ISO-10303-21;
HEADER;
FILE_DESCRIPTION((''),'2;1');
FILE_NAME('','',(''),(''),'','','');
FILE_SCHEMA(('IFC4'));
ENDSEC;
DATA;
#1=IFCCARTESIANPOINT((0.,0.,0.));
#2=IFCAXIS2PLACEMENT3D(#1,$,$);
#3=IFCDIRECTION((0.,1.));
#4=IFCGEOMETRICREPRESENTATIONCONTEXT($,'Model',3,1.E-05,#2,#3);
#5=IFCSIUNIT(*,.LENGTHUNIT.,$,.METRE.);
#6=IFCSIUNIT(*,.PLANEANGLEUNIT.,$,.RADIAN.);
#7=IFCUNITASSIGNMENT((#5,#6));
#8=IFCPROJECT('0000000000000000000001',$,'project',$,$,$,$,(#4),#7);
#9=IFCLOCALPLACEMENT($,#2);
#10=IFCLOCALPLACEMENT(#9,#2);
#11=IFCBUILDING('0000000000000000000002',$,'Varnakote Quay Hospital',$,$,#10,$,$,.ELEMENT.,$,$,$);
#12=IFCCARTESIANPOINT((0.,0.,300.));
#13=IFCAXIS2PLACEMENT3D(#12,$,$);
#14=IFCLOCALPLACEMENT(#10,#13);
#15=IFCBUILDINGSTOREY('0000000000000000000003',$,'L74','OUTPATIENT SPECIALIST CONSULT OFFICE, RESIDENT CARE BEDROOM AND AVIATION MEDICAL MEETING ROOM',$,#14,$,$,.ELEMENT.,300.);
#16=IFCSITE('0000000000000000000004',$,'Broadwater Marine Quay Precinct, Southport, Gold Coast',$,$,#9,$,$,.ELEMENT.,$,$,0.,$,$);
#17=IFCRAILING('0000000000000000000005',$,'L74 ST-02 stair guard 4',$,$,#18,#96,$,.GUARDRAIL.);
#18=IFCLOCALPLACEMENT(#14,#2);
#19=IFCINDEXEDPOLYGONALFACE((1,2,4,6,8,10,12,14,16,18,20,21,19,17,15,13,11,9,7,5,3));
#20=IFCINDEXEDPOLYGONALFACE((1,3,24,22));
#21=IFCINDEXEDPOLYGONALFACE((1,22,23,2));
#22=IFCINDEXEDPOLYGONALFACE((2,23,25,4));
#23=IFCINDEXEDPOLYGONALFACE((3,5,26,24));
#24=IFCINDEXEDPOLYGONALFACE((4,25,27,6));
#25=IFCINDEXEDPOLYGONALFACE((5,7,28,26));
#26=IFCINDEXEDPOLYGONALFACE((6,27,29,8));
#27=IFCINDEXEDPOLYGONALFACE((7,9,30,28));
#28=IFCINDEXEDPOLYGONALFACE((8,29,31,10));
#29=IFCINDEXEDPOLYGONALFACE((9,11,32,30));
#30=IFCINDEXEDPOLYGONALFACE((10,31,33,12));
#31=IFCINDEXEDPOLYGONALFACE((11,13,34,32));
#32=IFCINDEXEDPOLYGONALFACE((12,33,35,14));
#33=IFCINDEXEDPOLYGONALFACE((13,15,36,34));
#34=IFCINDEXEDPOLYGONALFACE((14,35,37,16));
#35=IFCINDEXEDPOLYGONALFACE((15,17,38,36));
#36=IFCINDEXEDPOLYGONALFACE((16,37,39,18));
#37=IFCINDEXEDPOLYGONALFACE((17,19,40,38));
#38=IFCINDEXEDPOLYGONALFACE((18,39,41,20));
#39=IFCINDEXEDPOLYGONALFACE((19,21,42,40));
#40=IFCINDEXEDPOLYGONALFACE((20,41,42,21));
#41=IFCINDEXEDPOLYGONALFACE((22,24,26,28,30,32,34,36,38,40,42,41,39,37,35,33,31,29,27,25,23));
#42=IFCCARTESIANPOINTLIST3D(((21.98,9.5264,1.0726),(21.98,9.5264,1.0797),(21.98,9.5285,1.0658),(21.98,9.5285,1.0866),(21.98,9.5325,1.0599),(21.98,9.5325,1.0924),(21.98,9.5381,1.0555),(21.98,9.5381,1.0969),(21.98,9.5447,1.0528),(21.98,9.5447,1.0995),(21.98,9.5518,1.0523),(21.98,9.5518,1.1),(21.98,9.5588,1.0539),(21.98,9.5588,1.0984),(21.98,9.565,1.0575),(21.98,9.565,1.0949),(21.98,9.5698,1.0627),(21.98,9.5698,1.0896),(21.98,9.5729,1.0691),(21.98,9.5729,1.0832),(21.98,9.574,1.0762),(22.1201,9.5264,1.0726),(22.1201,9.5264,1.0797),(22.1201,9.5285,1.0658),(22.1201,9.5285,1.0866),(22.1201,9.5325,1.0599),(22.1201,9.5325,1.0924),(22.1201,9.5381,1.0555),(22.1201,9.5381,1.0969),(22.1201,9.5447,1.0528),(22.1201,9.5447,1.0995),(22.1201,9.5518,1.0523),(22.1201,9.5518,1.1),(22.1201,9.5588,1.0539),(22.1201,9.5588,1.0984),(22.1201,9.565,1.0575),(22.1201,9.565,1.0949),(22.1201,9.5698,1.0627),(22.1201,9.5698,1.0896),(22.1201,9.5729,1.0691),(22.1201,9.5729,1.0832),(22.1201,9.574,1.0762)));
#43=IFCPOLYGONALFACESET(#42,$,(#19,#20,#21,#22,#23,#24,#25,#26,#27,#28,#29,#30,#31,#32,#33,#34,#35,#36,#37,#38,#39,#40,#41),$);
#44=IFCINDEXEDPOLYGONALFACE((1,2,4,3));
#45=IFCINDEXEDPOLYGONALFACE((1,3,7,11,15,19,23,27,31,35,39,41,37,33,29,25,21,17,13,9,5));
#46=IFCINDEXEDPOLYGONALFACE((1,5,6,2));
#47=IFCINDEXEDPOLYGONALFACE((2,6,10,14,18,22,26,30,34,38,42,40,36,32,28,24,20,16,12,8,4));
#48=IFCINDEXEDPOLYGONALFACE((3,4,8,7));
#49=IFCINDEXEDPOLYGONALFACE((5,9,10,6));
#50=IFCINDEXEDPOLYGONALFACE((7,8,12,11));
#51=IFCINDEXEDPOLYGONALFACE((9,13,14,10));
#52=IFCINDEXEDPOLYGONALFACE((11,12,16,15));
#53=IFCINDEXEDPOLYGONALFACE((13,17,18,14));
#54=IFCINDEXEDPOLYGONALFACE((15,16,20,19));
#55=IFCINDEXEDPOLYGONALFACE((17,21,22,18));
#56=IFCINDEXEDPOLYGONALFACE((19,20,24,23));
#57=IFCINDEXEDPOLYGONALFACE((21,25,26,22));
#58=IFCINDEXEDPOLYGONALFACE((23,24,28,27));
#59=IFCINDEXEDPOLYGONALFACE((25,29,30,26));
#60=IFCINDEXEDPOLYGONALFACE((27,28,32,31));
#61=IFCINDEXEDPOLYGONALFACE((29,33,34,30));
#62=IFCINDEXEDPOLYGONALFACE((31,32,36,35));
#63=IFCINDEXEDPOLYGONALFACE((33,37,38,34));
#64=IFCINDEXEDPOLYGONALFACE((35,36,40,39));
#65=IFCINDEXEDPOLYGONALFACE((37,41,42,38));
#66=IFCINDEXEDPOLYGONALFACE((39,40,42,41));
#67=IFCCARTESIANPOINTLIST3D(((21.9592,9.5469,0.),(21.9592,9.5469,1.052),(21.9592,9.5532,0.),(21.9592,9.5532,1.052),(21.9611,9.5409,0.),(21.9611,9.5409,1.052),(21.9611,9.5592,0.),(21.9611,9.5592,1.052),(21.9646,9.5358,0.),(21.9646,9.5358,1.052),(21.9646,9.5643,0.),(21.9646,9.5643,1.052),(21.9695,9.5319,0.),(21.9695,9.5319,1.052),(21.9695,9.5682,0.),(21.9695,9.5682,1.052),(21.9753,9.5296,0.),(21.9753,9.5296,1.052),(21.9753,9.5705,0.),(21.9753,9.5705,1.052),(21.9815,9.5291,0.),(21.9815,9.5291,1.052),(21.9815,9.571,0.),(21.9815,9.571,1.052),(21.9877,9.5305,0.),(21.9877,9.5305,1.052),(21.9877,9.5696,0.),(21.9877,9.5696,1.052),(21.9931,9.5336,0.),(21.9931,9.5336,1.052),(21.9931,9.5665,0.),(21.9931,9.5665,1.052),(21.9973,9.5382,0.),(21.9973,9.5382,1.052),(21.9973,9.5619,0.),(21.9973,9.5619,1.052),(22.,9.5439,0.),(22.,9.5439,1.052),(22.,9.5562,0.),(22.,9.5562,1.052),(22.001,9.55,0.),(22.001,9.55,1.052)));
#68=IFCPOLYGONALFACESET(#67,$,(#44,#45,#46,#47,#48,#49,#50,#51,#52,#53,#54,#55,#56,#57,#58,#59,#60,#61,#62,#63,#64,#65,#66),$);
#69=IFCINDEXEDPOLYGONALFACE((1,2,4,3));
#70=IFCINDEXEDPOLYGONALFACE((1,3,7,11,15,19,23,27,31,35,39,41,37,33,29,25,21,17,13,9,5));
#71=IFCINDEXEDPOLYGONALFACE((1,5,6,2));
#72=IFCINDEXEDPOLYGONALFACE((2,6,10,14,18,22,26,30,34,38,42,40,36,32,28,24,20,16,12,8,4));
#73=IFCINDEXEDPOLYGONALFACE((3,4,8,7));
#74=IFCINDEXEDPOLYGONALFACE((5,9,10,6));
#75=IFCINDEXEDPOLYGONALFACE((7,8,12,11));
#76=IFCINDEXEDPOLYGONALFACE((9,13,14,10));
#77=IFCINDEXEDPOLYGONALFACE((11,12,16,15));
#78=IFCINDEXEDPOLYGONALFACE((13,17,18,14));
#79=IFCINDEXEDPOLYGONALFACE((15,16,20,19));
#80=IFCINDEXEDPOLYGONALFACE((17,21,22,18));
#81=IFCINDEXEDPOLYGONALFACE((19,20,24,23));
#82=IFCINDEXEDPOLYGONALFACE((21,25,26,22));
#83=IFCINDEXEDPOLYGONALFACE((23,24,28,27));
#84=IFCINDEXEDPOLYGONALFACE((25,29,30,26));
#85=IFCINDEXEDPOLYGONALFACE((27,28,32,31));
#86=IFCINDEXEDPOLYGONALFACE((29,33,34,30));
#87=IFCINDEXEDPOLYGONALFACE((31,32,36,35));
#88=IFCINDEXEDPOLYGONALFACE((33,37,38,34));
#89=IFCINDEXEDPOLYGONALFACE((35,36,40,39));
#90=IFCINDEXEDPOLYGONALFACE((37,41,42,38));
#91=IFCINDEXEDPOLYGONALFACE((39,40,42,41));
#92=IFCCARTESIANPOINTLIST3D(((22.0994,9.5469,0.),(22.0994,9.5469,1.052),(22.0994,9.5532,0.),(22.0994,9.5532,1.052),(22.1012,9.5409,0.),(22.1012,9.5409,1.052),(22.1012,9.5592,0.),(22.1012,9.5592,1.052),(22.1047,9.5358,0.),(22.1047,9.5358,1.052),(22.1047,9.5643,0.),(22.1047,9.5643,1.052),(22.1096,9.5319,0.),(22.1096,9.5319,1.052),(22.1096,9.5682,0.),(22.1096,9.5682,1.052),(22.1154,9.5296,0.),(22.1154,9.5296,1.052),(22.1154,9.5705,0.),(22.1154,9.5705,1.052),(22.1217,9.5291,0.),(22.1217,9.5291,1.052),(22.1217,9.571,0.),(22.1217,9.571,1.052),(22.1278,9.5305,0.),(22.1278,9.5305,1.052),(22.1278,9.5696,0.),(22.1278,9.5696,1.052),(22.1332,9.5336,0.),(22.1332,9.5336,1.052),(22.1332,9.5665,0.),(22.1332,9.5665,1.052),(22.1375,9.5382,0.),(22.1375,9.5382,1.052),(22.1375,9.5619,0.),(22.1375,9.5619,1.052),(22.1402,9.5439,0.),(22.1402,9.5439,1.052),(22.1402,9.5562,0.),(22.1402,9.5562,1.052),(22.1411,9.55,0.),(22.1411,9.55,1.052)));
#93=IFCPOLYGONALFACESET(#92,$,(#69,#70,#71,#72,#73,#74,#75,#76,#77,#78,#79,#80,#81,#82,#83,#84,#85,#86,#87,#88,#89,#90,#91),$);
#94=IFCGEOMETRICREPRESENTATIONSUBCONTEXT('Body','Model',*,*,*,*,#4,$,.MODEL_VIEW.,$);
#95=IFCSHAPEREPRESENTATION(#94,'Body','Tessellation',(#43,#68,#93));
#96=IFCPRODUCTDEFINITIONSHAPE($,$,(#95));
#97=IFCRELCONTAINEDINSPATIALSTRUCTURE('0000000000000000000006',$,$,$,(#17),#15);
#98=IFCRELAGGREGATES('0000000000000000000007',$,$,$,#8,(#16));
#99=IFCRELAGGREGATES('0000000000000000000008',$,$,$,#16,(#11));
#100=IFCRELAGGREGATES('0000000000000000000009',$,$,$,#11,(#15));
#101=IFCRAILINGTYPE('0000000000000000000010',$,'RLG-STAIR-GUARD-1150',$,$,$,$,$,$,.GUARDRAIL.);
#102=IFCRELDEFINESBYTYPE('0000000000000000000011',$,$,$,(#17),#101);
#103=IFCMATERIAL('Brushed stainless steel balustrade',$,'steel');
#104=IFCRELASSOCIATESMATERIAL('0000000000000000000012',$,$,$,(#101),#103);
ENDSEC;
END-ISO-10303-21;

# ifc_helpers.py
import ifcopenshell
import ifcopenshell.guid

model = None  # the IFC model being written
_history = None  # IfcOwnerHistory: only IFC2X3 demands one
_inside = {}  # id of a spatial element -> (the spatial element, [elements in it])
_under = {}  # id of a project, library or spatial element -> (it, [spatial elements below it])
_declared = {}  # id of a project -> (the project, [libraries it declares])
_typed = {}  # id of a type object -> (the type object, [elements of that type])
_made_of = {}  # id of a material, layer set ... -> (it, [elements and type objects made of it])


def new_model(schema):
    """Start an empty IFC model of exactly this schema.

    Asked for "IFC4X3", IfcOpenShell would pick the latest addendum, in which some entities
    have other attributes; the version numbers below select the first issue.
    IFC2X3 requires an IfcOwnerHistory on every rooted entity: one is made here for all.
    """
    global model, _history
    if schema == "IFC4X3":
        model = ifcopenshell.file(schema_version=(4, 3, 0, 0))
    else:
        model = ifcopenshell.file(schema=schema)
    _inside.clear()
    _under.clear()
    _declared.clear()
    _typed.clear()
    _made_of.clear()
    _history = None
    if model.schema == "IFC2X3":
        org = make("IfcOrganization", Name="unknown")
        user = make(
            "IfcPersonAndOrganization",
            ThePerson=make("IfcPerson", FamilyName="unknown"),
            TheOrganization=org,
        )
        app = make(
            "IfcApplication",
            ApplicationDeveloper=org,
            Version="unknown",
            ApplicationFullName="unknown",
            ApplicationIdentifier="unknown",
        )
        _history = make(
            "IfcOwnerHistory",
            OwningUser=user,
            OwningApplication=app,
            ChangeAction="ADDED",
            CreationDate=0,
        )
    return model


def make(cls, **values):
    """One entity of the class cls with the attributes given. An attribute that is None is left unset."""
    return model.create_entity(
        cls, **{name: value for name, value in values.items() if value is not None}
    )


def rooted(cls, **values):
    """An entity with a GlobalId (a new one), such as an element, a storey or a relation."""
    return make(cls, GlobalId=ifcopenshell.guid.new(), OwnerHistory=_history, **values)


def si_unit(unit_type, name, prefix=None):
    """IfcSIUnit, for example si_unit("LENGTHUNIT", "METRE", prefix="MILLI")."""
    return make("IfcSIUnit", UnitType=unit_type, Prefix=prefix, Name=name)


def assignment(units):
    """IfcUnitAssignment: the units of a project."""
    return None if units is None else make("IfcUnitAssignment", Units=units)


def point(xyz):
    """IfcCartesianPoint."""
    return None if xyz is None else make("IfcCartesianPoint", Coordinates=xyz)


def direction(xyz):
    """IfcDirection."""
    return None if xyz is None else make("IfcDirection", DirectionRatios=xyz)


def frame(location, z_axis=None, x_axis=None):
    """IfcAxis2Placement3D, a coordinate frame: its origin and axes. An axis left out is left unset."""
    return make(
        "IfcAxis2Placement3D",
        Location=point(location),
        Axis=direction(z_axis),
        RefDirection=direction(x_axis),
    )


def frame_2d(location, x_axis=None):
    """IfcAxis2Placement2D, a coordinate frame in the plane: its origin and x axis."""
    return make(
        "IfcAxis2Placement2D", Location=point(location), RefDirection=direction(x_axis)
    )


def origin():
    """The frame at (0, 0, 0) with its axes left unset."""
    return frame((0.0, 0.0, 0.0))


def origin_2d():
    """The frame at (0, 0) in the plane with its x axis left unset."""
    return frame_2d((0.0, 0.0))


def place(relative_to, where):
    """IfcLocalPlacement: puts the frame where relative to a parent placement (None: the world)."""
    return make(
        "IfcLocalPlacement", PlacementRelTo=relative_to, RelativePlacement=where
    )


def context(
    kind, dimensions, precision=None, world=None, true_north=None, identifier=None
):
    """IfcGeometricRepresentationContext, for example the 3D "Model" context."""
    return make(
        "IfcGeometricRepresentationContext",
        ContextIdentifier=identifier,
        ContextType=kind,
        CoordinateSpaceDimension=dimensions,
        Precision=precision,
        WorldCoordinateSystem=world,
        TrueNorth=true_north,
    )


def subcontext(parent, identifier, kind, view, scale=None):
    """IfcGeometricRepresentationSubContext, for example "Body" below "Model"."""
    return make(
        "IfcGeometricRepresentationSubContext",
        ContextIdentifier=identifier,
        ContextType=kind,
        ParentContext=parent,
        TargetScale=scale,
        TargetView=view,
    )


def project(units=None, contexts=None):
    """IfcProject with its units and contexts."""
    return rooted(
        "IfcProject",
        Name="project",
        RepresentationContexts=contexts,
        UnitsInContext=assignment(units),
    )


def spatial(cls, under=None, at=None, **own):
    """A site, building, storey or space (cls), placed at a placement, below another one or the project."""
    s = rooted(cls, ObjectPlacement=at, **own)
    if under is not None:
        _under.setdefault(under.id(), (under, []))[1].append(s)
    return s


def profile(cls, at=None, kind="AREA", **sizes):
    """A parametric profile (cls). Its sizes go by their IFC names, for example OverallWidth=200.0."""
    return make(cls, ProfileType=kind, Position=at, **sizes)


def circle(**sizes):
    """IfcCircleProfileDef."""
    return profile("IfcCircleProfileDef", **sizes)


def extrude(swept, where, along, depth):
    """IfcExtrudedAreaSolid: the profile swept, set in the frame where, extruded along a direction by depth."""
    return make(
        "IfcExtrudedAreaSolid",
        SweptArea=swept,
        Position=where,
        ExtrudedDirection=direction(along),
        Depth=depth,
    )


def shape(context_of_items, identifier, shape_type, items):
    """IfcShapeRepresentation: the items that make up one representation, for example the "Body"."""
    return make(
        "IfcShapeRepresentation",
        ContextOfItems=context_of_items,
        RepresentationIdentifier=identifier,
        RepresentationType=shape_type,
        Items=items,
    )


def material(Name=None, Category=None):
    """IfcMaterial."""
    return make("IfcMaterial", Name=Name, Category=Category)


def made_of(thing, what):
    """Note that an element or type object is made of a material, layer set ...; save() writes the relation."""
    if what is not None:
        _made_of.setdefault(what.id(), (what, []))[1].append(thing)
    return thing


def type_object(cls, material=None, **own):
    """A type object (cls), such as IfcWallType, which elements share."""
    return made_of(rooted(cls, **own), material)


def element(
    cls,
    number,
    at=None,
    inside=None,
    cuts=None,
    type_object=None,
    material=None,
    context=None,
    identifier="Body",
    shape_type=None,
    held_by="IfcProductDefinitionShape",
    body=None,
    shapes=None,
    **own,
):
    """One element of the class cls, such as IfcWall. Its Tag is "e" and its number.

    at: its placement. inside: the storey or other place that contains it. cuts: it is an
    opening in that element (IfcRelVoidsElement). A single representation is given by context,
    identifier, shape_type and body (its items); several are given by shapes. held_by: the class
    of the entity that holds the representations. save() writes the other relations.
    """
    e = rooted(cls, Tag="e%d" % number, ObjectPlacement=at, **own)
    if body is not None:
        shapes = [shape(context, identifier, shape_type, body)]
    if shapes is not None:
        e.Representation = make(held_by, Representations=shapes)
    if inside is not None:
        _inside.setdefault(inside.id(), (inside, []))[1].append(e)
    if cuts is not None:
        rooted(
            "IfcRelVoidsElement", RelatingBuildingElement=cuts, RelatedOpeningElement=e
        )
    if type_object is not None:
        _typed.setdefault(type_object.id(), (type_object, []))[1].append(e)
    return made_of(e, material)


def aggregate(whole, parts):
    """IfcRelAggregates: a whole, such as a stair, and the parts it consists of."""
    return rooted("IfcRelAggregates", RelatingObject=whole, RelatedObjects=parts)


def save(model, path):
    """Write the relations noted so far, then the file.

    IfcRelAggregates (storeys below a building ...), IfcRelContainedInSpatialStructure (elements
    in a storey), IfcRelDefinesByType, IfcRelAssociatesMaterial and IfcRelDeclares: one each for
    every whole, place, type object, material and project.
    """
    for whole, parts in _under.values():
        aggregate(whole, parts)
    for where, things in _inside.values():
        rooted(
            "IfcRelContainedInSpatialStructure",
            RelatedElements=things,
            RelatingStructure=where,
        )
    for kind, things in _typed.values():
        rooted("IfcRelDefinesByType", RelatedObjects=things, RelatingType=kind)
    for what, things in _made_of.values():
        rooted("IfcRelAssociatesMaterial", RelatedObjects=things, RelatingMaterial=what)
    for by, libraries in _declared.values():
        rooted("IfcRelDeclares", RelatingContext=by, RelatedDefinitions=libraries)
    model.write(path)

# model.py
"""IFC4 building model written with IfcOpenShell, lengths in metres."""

from ifc_helpers import new_model, si_unit, direction, frame, origin, origin_2d, place, context, subcontext, project, spatial, circle, extrude, material, type_object, element, save


model = new_model("IFC4")

# Units and contexts
model_context = context("Model", 3, precision=1e-05, world=origin(), true_north=direction((0.0, 1.0)))
body_context = subcontext(model_context, "Body", "Model", "MODEL_VIEW")
ifc_project = project(units=[si_unit("LENGTHUNIT", "METRE"), si_unit("PLANEANGLEUNIT", "RADIAN")], contexts=[model_context])

# Site, building, storey
site_placement = place(None, origin())
site = spatial("IfcSite", under=ifc_project, at=site_placement, Name="Broadwater Marine Quay Precinct, Southport, Gold Coast", CompositionType="ELEMENT", RefElevation=0.0)
building_placement = place(site_placement, origin())
building = spatial("IfcBuilding", under=site, at=building_placement, Name="Varnakote Quay Hospital", CompositionType="ELEMENT")
storey_placement = place(building_placement, frame((0.0, 0.0, 300.0)))
storey = spatial("IfcBuildingStorey", under=building, at=storey_placement, Name="L74", Description="OUTPATIENT SPECIALIST CONSULT OFFICE, RESIDENT CARE BEDROOM AND AVIATION MEDICAL MEETING ROOM", CompositionType="ELEMENT", Elevation=300.0)

# Railing
ifc_material_1 = material(Name="Brushed stainless steel balustrade", Category="steel")
railing_type_1 = type_object("IfcRailingType", Name="RLG-STAIR-GUARD-1150", PredefinedType="GUARDRAIL", material=ifc_material_1)
railing_1_placement = place(storey_placement, frame((21.98, 9.55, 0.0)))
element("IfcRailing", 1, at=railing_1_placement, inside=storey, type_object=railing_type_1, Name="L74 ST-02 stair guard 4", PredefinedType="GUARDRAIL", context=body_context, shape_type="SweptSolid", body=[
    extrude(circle(Radius=0.0239, at=origin_2d()), frame((0.0, 0.0, 1.0762), z_axis=(1.0, 0.0, 0.0), x_axis=(0.0, 1.0, 0.0)), (0.0, 0.0, 1.0), 0.1401),
    extrude(circle(Radius=0.021, at=origin_2d()), origin(), (0.0, 0.0, 1.0), 1.052),
    extrude(circle(Radius=0.021, at=origin_2d()), frame((0.1401, 0.0, 0.0)), (0.0, 0.0, 1.0), 1.052),
])

save(model, "model.ifc")
